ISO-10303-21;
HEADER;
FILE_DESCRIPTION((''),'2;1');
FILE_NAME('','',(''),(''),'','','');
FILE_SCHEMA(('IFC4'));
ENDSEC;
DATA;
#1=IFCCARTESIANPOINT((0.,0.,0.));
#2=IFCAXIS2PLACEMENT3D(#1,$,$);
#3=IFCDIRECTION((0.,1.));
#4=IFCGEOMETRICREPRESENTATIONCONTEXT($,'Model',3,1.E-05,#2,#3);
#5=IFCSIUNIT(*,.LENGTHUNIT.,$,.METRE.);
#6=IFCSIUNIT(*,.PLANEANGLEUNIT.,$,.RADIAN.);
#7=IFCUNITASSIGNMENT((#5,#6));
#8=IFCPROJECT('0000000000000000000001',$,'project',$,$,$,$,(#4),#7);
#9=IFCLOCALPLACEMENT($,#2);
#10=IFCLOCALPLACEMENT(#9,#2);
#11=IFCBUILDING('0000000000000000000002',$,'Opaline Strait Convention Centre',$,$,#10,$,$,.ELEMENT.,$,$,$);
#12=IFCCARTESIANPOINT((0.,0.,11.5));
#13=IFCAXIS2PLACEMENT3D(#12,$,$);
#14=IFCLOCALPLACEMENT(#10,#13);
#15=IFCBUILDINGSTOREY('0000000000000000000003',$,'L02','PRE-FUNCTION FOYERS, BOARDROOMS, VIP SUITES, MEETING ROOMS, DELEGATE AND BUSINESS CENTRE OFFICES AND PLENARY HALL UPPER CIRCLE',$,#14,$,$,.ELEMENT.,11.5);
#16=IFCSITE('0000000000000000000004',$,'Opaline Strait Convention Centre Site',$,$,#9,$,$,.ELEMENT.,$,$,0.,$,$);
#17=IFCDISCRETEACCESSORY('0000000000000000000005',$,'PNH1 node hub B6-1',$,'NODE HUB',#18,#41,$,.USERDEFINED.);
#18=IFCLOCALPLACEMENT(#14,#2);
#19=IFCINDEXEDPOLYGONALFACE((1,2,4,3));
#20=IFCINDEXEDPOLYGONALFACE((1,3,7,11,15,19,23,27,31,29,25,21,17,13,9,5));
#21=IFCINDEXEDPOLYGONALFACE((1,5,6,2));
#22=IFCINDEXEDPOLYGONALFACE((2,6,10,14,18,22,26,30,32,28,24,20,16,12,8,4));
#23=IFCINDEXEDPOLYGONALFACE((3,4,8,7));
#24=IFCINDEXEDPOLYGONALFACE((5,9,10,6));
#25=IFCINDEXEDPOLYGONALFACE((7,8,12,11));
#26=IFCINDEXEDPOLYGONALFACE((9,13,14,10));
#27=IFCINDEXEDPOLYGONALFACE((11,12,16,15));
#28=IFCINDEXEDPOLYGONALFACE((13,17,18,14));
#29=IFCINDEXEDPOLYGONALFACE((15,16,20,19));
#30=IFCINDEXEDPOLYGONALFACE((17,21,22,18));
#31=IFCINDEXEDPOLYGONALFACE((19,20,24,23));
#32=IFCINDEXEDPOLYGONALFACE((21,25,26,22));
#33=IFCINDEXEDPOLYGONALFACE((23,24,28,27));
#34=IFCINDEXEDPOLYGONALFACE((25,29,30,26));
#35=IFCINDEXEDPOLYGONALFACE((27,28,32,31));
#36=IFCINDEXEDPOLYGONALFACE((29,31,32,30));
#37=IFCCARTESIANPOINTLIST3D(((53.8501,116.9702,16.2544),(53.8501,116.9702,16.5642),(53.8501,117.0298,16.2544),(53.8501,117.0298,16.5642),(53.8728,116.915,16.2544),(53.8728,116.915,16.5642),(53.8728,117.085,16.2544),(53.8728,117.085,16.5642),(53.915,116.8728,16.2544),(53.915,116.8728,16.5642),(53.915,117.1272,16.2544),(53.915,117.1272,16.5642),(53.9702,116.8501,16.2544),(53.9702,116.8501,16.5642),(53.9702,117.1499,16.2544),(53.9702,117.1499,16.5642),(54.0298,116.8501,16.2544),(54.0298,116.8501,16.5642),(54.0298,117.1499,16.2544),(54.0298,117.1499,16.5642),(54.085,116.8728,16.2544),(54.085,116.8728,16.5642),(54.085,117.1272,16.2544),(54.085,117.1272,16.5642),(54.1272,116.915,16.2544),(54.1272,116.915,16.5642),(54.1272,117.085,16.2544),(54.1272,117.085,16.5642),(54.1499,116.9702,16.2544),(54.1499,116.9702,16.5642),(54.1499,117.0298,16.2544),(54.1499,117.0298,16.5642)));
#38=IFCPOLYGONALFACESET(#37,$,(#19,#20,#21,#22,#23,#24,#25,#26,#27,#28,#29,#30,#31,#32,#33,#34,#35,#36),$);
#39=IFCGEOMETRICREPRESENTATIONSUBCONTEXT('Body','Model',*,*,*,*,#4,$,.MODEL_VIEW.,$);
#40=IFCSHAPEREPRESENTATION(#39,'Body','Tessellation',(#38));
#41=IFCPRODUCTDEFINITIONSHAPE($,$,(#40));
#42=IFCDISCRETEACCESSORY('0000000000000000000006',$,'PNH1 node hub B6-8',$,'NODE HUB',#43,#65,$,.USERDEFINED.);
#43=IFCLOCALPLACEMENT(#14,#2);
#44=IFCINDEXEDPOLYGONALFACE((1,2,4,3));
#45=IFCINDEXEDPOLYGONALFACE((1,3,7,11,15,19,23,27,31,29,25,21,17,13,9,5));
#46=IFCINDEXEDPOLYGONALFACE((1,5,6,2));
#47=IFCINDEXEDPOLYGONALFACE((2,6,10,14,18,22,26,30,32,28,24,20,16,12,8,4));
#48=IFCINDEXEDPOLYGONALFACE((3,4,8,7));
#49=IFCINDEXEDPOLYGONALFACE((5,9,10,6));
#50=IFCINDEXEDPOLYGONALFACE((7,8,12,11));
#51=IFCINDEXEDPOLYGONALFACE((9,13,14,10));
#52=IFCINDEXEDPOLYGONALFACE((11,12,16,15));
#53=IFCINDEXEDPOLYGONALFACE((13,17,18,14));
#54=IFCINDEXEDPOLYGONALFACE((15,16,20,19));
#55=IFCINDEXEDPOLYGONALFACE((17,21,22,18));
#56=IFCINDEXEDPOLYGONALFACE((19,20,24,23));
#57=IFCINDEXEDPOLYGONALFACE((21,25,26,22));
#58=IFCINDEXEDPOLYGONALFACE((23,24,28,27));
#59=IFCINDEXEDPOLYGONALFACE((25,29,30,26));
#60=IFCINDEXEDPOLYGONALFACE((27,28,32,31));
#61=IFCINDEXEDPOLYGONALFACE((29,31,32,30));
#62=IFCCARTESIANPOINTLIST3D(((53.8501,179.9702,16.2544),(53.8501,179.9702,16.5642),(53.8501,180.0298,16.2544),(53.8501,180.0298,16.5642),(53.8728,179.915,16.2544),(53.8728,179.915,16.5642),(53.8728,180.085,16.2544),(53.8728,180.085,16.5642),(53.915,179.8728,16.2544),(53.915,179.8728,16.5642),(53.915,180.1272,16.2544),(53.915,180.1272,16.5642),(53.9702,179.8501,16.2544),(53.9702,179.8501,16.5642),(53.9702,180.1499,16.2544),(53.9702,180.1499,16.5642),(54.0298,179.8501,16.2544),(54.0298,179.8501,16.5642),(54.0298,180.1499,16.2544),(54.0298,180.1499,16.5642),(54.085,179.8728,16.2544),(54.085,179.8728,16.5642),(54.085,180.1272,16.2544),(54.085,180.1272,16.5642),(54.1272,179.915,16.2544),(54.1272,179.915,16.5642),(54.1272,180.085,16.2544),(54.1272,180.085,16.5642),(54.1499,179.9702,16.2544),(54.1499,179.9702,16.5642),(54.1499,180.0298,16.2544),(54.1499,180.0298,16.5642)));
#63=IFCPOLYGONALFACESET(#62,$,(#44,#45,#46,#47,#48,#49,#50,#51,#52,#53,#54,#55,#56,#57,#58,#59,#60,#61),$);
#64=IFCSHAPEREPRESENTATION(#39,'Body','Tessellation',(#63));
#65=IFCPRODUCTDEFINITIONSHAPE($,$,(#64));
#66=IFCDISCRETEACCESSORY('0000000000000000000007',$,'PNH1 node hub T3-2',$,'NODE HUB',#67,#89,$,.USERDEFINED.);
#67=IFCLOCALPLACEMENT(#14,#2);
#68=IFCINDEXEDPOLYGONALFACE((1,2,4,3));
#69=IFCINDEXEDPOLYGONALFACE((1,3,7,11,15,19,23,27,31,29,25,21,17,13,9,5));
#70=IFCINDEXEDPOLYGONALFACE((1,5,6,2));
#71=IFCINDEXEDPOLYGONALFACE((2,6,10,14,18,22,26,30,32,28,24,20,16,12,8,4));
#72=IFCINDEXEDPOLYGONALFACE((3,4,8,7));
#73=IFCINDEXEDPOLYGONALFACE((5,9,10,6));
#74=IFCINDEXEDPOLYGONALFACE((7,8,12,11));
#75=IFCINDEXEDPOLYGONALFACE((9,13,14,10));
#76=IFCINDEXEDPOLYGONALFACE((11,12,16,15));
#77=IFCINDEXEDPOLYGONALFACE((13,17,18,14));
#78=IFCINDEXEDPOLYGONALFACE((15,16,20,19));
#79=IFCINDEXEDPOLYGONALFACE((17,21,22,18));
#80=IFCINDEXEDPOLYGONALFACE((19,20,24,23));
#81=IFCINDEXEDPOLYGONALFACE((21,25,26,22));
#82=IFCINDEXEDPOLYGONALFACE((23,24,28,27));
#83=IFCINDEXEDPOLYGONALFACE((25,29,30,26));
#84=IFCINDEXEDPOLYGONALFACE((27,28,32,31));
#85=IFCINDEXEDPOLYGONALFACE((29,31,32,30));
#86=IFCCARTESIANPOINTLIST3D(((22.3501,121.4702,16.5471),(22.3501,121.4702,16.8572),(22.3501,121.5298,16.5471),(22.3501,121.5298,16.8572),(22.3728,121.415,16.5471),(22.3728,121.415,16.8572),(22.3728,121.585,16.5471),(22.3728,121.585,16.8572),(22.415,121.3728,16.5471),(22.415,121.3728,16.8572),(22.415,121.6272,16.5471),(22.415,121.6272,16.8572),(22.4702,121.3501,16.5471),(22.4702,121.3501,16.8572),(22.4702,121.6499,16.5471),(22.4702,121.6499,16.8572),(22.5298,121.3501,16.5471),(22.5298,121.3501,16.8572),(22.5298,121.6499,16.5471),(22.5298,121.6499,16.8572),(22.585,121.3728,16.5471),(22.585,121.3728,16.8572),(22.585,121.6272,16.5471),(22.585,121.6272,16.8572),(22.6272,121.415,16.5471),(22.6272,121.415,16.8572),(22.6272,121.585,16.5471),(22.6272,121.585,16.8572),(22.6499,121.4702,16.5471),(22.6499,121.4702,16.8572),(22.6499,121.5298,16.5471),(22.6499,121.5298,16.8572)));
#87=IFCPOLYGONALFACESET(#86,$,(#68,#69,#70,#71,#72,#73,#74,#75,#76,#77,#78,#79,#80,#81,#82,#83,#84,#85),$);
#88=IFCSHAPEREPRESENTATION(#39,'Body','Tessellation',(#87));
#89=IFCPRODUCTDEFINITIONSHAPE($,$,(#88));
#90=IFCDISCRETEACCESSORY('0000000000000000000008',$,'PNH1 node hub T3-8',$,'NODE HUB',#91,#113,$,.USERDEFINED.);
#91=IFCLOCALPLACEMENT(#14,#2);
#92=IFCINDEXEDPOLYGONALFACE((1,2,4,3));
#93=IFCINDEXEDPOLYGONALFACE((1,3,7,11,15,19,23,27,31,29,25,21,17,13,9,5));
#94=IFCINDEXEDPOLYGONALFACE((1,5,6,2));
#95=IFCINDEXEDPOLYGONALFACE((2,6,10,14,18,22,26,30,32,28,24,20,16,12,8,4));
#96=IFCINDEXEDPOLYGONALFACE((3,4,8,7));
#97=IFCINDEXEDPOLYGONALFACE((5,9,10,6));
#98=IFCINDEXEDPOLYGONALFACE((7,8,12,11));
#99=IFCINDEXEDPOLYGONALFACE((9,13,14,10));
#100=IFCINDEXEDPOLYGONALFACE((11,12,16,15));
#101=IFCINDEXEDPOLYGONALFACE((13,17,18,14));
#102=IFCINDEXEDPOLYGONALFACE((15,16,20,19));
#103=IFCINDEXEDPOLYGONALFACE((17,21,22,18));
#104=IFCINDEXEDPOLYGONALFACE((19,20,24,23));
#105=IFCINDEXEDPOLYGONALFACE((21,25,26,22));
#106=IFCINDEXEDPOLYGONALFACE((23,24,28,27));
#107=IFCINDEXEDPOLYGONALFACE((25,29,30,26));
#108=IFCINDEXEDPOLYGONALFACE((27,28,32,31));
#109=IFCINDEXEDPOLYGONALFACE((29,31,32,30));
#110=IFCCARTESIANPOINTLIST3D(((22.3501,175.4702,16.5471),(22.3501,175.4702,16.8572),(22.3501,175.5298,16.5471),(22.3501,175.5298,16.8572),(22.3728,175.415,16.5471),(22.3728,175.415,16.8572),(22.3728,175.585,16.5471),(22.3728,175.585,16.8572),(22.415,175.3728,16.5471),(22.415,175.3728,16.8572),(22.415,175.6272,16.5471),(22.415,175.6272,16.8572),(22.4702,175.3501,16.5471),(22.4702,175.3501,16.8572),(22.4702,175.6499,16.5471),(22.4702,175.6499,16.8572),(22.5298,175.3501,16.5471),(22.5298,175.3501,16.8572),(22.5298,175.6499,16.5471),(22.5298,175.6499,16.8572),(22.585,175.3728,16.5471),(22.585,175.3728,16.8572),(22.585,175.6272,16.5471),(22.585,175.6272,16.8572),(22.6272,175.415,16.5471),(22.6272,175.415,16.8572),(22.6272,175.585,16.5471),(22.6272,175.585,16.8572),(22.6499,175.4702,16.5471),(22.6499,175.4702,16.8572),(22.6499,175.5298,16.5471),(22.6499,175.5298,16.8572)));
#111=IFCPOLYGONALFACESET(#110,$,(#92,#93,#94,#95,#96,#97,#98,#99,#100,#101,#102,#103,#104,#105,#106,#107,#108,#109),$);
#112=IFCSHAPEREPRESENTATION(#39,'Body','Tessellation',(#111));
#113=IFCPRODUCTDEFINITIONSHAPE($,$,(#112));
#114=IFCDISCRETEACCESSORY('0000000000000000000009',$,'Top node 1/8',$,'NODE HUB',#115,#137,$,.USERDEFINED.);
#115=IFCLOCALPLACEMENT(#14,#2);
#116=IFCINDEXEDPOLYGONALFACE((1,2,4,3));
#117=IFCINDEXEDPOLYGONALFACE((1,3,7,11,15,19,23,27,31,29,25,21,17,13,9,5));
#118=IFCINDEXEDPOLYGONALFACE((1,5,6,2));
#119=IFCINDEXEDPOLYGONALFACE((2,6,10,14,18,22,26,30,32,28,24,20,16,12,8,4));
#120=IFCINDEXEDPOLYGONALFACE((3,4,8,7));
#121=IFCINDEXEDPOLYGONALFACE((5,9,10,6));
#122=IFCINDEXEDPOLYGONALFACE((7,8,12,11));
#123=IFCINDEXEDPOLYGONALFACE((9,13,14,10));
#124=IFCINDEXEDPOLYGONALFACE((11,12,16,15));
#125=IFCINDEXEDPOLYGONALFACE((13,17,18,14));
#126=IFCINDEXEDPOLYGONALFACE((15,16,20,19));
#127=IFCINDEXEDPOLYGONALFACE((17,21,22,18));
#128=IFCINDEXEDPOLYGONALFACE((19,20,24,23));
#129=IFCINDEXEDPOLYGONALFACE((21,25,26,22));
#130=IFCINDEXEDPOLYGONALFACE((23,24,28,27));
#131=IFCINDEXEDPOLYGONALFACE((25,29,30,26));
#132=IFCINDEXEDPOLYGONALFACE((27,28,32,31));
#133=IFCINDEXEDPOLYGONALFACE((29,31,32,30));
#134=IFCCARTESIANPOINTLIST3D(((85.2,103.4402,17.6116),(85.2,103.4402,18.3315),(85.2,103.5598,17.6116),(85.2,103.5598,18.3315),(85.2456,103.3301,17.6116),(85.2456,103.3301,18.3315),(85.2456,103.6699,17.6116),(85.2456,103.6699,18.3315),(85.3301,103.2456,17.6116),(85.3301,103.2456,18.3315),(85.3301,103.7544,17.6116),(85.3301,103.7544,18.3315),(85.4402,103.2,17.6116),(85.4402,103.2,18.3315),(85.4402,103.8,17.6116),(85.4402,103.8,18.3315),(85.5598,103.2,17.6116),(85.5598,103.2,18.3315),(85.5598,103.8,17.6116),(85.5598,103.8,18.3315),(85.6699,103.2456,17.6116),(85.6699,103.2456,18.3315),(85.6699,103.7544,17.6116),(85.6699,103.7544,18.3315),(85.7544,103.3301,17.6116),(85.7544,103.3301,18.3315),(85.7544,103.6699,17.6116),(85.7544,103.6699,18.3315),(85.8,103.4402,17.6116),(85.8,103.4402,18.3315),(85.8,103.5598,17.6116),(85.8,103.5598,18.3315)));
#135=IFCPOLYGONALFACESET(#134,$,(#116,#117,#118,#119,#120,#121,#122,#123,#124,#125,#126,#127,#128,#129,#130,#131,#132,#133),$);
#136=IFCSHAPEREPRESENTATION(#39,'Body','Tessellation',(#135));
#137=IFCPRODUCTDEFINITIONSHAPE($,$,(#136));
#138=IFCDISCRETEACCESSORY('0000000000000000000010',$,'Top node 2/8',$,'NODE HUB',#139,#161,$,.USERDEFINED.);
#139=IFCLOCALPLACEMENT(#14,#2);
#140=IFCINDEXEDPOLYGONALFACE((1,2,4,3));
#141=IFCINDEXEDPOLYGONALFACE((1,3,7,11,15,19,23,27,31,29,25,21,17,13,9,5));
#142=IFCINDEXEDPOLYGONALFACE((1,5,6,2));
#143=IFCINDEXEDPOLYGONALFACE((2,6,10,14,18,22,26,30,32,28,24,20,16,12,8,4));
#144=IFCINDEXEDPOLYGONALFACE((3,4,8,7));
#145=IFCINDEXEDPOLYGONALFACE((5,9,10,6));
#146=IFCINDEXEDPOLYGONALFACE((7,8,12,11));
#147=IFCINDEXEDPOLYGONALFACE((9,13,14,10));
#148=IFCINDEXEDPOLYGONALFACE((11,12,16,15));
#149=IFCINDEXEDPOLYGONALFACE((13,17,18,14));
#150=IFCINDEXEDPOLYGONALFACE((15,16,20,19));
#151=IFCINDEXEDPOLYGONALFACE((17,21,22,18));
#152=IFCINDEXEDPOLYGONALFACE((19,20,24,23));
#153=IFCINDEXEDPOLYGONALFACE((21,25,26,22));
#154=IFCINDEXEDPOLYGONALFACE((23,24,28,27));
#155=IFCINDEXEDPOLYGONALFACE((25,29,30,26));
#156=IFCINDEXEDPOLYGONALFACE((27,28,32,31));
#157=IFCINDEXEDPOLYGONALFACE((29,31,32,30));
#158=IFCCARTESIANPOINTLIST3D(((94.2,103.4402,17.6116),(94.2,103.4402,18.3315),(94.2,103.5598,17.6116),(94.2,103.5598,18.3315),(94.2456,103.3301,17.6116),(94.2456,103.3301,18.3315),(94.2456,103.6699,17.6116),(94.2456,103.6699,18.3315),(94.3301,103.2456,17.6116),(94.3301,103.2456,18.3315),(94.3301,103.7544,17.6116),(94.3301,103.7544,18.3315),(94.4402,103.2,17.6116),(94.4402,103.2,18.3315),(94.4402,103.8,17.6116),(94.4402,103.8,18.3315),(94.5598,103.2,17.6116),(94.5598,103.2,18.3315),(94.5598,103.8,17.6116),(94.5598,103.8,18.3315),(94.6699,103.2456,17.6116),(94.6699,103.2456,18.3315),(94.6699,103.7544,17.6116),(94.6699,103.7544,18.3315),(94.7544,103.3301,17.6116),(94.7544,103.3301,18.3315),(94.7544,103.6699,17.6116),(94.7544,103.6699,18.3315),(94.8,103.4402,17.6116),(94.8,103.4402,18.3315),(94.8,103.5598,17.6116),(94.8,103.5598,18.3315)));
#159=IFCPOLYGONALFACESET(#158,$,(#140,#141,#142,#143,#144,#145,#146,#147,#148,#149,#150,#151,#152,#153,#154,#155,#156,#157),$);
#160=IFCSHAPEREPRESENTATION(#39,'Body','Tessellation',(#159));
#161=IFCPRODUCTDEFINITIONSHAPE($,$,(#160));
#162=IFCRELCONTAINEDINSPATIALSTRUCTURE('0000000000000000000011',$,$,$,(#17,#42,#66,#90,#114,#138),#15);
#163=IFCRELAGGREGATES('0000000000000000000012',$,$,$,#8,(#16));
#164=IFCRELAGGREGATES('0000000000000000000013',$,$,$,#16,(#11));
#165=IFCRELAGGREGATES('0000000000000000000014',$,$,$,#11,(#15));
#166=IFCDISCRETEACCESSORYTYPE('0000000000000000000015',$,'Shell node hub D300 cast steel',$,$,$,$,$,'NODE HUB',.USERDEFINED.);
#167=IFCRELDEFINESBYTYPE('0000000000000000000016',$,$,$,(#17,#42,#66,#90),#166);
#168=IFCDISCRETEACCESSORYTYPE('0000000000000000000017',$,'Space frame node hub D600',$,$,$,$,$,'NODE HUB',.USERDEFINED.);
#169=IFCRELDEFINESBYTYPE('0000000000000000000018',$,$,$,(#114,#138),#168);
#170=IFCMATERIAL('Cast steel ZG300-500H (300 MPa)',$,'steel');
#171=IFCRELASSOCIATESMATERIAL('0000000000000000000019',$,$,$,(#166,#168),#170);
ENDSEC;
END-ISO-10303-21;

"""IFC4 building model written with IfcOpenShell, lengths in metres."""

from ifc_helpers import new_model, si_unit, direction, frame, origin, place, context, subcontext, project, spatial, polyline, outline, extrude, material, type_object, element, save


model = new_model("IFC4")

# Units and contexts
model_context = context("Model", 3, precision=1e-05, world=origin(), true_north=direction((0.0, 1.0)))
body_context = subcontext(model_context, "Body", "Model", "MODEL_VIEW")
ifc_project = project(units=[si_unit("LENGTHUNIT", "METRE"), si_unit("PLANEANGLEUNIT", "RADIAN")], contexts=[model_context])

# Site, building, storey
site_placement = place(None, origin())
site = spatial("IfcSite", under=ifc_project, at=site_placement, Name="Opaline Strait Convention Centre Site", CompositionType="ELEMENT", RefElevation=0.0)
building_placement = place(site_placement, origin())
building = spatial("IfcBuilding", under=site, at=building_placement, Name="Opaline Strait Convention Centre", CompositionType="ELEMENT")
storey_placement = place(building_placement, frame((0.0, 0.0, 11.5)))
storey = spatial("IfcBuildingStorey", under=building, at=storey_placement, Name="L02", Description="PRE-FUNCTION FOYERS, BOARDROOMS, VIP SUITES, MEETING ROOMS, DELEGATE AND BUSINESS CENTRE OFFICES AND PLENARY HALL UPPER CIRCLE", CompositionType="ELEMENT", Elevation=11.5)

# Discrete accessories
ifc_material = material(Name="Cast steel ZG300-500H (300 MPa)", Category="steel")
discrete_accessory_type_1 = type_object("IfcDiscreteAccessoryType", Name="Shell node hub D300 cast steel", ElementType="NODE HUB", PredefinedType="USERDEFINED", material=ifc_material)
discrete_accessory_1_placement = place(storey_placement, frame((0.0, 0.0, 16.2544)))
element("IfcDiscreteAccessory", 1, at=discrete_accessory_1_placement, inside=storey, type_object=discrete_accessory_type_1, Name="PNH1 node hub B6-1", ObjectType="NODE HUB", PredefinedType="USERDEFINED", context=body_context, shape_type="SweptSolid", body=[
    extrude(outline(polyline([(54.1499, 117.0298), (54.1272, 117.085), (54.085, 117.1272), (54.0298, 117.1499), (53.9702, 117.1499), (53.915, 117.1272), (53.8728, 117.085), (53.8501, 117.0298), (53.8501, 116.9702), (53.8728, 116.915), (53.915, 116.8728), (53.9702, 116.8501), (54.0298, 116.8501), (54.085, 116.8728), (54.1272, 116.915), (54.1499, 116.9702), (54.1499, 117.0298)])), origin(), (0.0, 0.0, 1.0), 0.3098),
])
discrete_accessory_2_placement = place(storey_placement, frame((0.0, 0.0, 16.2544)))
element("IfcDiscreteAccessory", 2, at=discrete_accessory_2_placement, inside=storey, type_object=discrete_accessory_type_1, Name="PNH1 node hub B6-8", ObjectType="NODE HUB", PredefinedType="USERDEFINED", context=body_context, shape_type="SweptSolid", body=[
    extrude(outline(polyline([(54.1499, 180.0298), (54.1272, 180.085), (54.085, 180.1272), (54.0298, 180.1499), (53.9702, 180.1499), (53.915, 180.1272), (53.8728, 180.085), (53.8501, 180.0298), (53.8501, 179.9702), (53.8728, 179.915), (53.915, 179.8728), (53.9702, 179.8501), (54.0298, 179.8501), (54.085, 179.8728), (54.1272, 179.915), (54.1499, 179.9702), (54.1499, 180.0298)])), origin(), (0.0, 0.0, 1.0), 0.3098),
])
discrete_accessory_3_placement = place(storey_placement, frame((0.0, 0.0, 16.5471)))
element("IfcDiscreteAccessory", 3, at=discrete_accessory_3_placement, inside=storey, type_object=discrete_accessory_type_1, Name="PNH1 node hub T3-2", ObjectType="NODE HUB", PredefinedType="USERDEFINED", context=body_context, shape_type="SweptSolid", body=[
    extrude(outline(polyline([(22.6499, 121.5298), (22.6272, 121.585), (22.585, 121.6272), (22.5298, 121.6499), (22.4702, 121.6499), (22.415, 121.6272), (22.3728, 121.585), (22.3501, 121.5298), (22.3501, 121.4702), (22.3728, 121.415), (22.415, 121.3728), (22.4702, 121.3501), (22.5298, 121.3501), (22.585, 121.3728), (22.6272, 121.415), (22.6499, 121.4702), (22.6499, 121.5298)])), origin(), (0.0, 0.0, 1.0), 0.3101),
])
discrete_accessory_4_placement = place(storey_placement, frame((0.0, 0.0, 16.5471)))
element("IfcDiscreteAccessory", 4, at=discrete_accessory_4_placement, inside=storey, type_object=discrete_accessory_type_1, Name="PNH1 node hub T3-8", ObjectType="NODE HUB", PredefinedType="USERDEFINED", context=body_context, shape_type="SweptSolid", body=[
    extrude(outline(polyline([(22.6499, 175.5298), (22.6272, 175.585), (22.585, 175.6272), (22.5298, 175.6499), (22.4702, 175.6499), (22.415, 175.6272), (22.3728, 175.585), (22.3501, 175.5298), (22.3501, 175.4702), (22.3728, 175.415), (22.415, 175.3728), (22.4702, 175.3501), (22.5298, 175.3501), (22.585, 175.3728), (22.6272, 175.415), (22.6499, 175.4702), (22.6499, 175.5298)])), origin(), (0.0, 0.0, 1.0), 0.3101),
])
discrete_accessory_type_2 = type_object("IfcDiscreteAccessoryType", Name="Space frame node hub D600", ElementType="NODE HUB", PredefinedType="USERDEFINED", material=ifc_material)
discrete_accessory_5_placement = place(storey_placement, frame((0.0, 0.0, 17.6116)))
element("IfcDiscreteAccessory", 5, at=discrete_accessory_5_placement, inside=storey, type_object=discrete_accessory_type_2, Name="Top node 1/8", ObjectType="NODE HUB", PredefinedType="USERDEFINED", context=body_context, shape_type="SweptSolid", body=[
    extrude(outline(polyline([(85.8, 103.5598), (85.7544, 103.6699), (85.6699, 103.7544), (85.5598, 103.8), (85.4402, 103.8), (85.3301, 103.7544), (85.2456, 103.6699), (85.2, 103.5598), (85.2, 103.4402), (85.2456, 103.3301), (85.3301, 103.2456), (85.4402, 103.2), (85.5598, 103.2), (85.6699, 103.2456), (85.7544, 103.3301), (85.8, 103.4402), (85.8, 103.5598)])), origin(), (0.0, 0.0, 1.0), 0.72),
])
discrete_accessory_6_placement = place(storey_placement, frame((0.0, 0.0, 17.6116)))
element("IfcDiscreteAccessory", 6, at=discrete_accessory_6_placement, inside=storey, type_object=discrete_accessory_type_2, Name="Top node 2/8", ObjectType="NODE HUB", PredefinedType="USERDEFINED", context=body_context, shape_type="SweptSolid", body=[
    extrude(outline(polyline([(94.8, 103.5598), (94.7544, 103.6699), (94.6699, 103.7544), (94.5598, 103.8), (94.4402, 103.8), (94.3301, 103.7544), (94.2456, 103.6699), (94.2, 103.5598), (94.2, 103.4402), (94.2456, 103.3301), (94.3301, 103.2456), (94.4402, 103.2), (94.5598, 103.2), (94.6699, 103.2456), (94.7544, 103.3301), (94.8, 103.4402), (94.8, 103.5598)])), origin(), (0.0, 0.0, 1.0), 0.72),
])

save(model, "model.ifc")
